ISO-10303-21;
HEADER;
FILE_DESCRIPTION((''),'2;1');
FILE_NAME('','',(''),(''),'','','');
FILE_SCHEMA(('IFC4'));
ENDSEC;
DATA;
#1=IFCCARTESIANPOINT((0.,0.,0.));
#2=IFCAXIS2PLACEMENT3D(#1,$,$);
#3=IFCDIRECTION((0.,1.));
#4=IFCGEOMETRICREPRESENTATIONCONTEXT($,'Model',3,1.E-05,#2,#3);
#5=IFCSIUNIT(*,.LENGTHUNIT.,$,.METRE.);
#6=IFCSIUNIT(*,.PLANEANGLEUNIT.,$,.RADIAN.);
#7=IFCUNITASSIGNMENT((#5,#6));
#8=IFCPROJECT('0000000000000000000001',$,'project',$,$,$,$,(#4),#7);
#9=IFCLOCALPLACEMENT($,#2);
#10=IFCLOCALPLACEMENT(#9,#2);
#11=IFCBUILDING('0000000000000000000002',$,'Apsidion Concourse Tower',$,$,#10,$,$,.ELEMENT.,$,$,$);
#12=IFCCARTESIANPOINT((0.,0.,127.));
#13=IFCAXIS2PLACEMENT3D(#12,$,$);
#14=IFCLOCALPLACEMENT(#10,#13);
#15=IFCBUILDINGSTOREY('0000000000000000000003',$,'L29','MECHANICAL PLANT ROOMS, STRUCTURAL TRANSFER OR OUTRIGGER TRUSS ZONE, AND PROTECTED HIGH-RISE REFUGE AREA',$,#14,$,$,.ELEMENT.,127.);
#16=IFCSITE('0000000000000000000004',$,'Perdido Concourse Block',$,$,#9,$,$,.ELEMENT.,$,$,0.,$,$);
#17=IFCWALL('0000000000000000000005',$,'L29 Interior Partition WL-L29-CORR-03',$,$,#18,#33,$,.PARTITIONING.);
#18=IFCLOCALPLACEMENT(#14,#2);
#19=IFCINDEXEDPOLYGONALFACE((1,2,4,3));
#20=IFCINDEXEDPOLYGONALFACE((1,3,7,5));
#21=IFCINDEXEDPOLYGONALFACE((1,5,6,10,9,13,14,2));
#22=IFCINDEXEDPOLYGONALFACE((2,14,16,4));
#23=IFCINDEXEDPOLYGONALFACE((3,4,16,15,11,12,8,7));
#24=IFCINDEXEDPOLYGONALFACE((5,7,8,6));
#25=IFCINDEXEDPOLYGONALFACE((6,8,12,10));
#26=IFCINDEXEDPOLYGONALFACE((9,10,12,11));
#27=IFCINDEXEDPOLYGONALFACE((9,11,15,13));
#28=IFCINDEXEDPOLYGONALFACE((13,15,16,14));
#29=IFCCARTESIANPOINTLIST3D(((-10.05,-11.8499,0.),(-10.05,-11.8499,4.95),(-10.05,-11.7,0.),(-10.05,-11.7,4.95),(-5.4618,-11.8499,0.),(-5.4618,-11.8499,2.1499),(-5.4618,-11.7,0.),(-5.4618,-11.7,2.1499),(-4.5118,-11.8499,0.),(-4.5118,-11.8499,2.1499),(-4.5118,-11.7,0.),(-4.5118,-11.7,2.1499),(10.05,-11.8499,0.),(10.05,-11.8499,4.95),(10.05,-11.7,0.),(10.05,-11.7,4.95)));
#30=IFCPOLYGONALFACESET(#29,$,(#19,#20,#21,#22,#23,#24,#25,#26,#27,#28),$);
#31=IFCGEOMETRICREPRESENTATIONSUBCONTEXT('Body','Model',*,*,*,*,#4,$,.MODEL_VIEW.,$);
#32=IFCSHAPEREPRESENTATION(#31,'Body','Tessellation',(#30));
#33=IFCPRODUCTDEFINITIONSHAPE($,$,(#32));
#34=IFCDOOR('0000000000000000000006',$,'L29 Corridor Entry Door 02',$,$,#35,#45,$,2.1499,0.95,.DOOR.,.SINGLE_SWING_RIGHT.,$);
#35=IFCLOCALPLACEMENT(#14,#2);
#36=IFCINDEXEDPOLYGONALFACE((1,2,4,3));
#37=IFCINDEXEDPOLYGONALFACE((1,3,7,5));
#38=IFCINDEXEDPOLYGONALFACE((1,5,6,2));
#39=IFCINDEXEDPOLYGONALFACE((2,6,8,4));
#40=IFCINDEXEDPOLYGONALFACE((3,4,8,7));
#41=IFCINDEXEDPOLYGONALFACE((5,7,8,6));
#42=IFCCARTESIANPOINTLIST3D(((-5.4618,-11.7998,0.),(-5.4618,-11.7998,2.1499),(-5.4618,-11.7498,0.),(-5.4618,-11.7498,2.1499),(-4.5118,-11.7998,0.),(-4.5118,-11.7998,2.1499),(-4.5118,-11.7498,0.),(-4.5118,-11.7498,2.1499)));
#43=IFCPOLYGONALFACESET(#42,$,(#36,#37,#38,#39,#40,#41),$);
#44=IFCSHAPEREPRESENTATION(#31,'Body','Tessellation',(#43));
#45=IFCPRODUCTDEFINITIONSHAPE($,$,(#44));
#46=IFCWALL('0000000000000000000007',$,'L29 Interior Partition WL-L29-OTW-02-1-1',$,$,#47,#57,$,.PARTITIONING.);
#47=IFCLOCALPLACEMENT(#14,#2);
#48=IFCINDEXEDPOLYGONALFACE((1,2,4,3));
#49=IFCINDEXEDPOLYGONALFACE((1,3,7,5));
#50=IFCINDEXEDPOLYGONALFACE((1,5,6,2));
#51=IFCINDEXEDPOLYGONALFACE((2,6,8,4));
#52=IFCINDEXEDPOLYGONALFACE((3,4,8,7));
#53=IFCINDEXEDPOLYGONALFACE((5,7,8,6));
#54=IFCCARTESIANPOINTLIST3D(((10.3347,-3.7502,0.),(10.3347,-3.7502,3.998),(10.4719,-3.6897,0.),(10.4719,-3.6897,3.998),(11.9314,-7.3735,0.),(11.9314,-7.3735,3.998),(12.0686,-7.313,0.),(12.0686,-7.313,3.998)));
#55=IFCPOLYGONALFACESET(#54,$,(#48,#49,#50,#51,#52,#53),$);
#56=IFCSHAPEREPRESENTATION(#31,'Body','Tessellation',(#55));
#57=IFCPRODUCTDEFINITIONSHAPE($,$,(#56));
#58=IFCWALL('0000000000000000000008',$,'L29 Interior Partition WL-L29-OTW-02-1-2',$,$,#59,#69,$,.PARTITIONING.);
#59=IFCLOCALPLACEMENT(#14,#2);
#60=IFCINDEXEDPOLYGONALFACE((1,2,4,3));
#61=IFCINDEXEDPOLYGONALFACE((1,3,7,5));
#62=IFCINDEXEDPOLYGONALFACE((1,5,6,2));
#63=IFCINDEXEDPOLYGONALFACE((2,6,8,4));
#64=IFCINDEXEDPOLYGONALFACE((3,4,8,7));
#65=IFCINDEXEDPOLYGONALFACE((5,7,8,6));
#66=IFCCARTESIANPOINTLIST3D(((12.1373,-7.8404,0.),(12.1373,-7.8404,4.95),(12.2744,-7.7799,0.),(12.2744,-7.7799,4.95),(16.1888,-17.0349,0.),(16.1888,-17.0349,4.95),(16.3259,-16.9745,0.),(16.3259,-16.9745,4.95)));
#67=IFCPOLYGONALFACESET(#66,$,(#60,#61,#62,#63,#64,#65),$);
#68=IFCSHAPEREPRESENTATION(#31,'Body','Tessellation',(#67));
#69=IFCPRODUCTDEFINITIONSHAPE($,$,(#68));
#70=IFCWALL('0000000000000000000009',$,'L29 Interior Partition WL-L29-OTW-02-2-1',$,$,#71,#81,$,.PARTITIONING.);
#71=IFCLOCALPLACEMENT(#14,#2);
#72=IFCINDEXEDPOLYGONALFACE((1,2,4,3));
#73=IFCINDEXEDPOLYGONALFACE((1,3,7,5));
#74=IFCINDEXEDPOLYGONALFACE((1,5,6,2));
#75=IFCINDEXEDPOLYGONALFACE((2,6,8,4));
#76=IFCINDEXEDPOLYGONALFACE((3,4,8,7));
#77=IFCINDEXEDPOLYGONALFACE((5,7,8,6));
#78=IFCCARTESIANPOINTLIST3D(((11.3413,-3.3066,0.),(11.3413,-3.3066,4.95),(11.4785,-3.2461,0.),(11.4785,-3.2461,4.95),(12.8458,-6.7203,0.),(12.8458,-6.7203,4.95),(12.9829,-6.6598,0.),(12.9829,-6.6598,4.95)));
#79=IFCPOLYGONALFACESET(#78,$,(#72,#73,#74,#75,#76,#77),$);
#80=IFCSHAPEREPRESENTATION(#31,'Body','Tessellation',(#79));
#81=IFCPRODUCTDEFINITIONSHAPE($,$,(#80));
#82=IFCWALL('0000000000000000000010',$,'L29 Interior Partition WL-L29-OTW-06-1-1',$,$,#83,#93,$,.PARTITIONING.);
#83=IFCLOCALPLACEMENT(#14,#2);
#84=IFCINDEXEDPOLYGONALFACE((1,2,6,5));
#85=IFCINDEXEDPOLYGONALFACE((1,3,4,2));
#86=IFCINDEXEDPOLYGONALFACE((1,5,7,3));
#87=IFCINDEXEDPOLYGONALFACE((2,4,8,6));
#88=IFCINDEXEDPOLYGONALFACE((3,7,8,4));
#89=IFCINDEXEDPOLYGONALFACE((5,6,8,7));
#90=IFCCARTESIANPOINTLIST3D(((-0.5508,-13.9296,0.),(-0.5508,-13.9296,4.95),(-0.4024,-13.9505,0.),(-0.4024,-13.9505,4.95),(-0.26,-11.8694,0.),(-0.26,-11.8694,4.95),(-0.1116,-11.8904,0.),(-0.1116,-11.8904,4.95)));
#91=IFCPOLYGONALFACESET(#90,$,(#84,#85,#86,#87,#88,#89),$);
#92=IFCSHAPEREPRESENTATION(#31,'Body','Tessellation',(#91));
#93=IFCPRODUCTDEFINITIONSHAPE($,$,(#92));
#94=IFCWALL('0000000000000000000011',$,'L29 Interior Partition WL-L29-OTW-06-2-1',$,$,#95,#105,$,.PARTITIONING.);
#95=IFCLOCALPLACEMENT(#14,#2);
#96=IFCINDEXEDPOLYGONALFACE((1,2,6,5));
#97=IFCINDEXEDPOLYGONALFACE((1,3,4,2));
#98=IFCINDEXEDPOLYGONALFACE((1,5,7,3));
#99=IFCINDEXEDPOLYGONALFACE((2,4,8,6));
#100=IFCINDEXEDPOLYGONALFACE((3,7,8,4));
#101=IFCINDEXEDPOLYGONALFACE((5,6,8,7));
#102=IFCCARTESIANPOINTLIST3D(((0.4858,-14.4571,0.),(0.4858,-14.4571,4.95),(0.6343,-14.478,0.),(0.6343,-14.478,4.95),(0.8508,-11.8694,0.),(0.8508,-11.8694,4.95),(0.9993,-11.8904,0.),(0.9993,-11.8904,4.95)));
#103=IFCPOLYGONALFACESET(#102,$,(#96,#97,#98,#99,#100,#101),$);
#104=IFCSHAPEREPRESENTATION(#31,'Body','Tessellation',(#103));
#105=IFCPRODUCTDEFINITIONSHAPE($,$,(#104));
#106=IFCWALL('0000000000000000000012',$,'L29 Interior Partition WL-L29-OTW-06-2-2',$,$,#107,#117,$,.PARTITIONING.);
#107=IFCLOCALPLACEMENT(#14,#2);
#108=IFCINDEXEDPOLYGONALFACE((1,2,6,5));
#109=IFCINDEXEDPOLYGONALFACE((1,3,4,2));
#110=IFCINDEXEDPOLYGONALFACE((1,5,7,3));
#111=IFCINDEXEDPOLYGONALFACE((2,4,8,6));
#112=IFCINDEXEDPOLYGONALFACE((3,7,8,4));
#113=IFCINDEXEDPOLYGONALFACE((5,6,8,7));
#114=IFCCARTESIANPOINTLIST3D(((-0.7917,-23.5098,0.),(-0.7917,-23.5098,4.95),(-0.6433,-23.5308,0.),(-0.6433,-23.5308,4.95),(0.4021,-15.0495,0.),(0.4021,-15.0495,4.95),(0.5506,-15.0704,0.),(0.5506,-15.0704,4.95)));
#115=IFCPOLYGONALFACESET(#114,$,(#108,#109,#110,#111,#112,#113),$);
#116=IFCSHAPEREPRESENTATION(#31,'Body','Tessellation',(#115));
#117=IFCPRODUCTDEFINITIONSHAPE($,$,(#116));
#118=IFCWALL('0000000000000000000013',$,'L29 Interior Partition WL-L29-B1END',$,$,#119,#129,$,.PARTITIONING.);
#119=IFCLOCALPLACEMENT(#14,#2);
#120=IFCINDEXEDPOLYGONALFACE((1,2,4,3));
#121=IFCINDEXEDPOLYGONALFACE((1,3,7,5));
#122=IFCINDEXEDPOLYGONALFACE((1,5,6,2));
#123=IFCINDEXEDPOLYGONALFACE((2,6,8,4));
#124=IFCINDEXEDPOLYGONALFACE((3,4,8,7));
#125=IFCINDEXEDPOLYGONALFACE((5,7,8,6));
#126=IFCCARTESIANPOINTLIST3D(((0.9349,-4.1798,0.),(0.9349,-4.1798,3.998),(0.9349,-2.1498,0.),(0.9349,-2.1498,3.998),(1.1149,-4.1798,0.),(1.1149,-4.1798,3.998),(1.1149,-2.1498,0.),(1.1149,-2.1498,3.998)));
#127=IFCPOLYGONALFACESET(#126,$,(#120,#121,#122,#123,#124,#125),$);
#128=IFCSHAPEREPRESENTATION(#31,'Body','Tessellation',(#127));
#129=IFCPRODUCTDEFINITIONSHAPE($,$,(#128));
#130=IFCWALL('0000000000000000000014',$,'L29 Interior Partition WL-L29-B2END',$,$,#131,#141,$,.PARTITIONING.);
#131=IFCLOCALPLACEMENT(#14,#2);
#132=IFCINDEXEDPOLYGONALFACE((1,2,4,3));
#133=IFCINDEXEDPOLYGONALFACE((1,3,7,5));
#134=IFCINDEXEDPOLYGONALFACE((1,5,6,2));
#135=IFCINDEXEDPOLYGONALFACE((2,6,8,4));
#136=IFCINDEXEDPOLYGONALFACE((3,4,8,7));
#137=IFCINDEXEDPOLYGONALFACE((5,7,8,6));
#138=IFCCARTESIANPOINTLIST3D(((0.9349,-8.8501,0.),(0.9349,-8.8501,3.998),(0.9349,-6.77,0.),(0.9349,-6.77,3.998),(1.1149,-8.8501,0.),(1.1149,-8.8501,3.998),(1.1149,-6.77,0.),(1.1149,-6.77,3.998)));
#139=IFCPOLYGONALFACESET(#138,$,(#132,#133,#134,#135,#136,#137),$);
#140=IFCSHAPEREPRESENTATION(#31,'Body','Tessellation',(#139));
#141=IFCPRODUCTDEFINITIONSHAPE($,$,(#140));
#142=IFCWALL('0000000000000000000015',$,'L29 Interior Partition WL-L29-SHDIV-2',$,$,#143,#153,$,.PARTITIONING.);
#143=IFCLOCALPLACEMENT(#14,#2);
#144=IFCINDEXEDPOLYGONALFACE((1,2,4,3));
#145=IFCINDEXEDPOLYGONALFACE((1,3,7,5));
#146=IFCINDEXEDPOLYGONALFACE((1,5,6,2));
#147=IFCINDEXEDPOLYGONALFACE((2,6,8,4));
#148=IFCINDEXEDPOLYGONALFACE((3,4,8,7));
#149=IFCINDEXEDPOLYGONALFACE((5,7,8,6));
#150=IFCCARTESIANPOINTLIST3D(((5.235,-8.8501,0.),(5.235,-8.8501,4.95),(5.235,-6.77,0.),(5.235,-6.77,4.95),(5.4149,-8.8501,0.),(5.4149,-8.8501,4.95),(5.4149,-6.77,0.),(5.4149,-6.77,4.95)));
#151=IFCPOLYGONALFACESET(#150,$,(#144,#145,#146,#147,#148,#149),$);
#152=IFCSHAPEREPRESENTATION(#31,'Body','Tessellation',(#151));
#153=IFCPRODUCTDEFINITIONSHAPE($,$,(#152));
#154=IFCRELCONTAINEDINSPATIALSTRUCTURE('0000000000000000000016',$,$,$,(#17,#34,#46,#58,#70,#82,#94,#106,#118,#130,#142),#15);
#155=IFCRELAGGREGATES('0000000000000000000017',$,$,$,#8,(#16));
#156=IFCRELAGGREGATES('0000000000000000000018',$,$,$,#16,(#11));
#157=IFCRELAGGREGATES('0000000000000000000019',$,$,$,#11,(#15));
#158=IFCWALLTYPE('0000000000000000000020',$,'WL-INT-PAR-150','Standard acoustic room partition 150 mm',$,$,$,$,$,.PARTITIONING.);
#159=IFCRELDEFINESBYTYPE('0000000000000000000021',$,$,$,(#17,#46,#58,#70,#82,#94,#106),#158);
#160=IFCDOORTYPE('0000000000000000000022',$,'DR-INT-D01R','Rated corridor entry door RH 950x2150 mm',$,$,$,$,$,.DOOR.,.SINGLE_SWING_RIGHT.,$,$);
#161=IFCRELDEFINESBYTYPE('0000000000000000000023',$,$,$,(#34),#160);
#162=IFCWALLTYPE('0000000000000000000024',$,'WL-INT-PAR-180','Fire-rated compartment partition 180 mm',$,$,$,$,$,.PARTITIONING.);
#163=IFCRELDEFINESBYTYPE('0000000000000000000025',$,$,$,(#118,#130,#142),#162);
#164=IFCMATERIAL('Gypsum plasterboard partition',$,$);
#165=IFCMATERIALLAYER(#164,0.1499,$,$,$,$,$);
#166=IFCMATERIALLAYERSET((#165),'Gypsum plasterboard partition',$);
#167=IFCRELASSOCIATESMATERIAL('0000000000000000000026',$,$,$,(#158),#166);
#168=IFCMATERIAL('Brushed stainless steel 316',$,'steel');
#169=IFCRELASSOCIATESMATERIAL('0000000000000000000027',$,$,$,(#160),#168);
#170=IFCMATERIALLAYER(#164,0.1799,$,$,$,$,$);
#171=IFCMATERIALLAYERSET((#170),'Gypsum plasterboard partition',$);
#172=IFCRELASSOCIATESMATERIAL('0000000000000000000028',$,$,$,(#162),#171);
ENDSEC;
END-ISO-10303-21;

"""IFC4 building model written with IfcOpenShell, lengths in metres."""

from ifc_helpers import new_model, si_unit, direction, frame, frame_2d, origin, place, context, subcontext, project, spatial, rectangle, extrude, material, layer, layer_set, type_object, element, fill, save


model = new_model("IFC4")

# Units and contexts
model_context = context("Model", 3, precision=1e-05, world=origin(), true_north=direction((0.0, 1.0)))
body_context = subcontext(model_context, "Body", "Model", "MODEL_VIEW")
ifc_project = project(units=[si_unit("LENGTHUNIT", "METRE"), si_unit("PLANEANGLEUNIT", "RADIAN")], contexts=[model_context])

# Site, building, storey
site_placement = place(None, origin())
site = spatial("IfcSite", under=ifc_project, at=site_placement, Name="Perdido Concourse Block", CompositionType="ELEMENT", RefElevation=0.0)
building_placement = place(site_placement, origin())
building = spatial("IfcBuilding", under=site, at=building_placement, Name="Apsidion Concourse Tower", CompositionType="ELEMENT")
storey_placement = place(building_placement, frame((0.0, 0.0, 127.0)))
storey = spatial("IfcBuildingStorey", under=building, at=storey_placement, Name="L29", Description="MECHANICAL PLANT ROOMS, STRUCTURAL TRANSFER OR OUTRIGGER TRUSS ZONE, AND PROTECTED HIGH-RISE REFUGE AREA", CompositionType="ELEMENT", Elevation=127.0)

# Shared definitions
ifc_material_1 = material(Name="Gypsum plasterboard partition")
ifc_layer_1 = layer(ifc_material_1, 0.1499)
ifc_layer_set_1 = layer_set([ifc_layer_1], Name="Gypsum plasterboard partition")
wall_type_1 = type_object("IfcWallType", Name="WL-INT-PAR-150", Description="Standard acoustic room partition 150 mm", PredefinedType="PARTITIONING", material=ifc_layer_set_1)

# Wall, opening, door
wall_1_placement = place(storey_placement, frame((10.05, -11.7749, 0.0), z_axis=(0.0, 0.0, 1.0), x_axis=(-1.0, 0.0, 0.0)))
wall_1 = element("IfcWall", 1, at=wall_1_placement, inside=storey, type_object=wall_type_1, Name="L29 Interior Partition WL-L29-CORR-03", PredefinedType="PARTITIONING", context=body_context, shape_type="SweptSolid", body=[
    extrude(rectangle(XDim=20.1001, YDim=0.1499, at=frame_2d((10.05, 0.0))), origin(), (0.0, 0.0, 1.0), 4.95),
])
opening_1_placement = place(wall_1_placement, frame((14.5618, 0.0, 0.0)))
opening_1 = element("IfcOpeningElement", 2, at=opening_1_placement, cuts=wall_1, PredefinedType="OPENING", context=body_context, shape_type="SweptSolid", body=[
    extrude(rectangle(XDim=0.95, YDim=2.1499, at=frame_2d((0.4751, 1.075))), frame((0.0, 0.085, 0.0), z_axis=(0.0, -1.0, 0.0), x_axis=(1.0, 0.0, 0.0)), (0.0, 0.0, 1.0), 0.1699),
])
ifc_material_2 = material(Name="Brushed stainless steel 316", Category="steel")
door_type_1 = type_object("IfcDoorType", Name="DR-INT-D01R", Description="Rated corridor entry door RH 950x2150 mm", OperationType="SINGLE_SWING_RIGHT", PredefinedType="DOOR", material=ifc_material_2)
door_1_placement = place(opening_1_placement, origin())
door_1 = element("IfcDoor", 3, at=door_1_placement, inside=storey, type_object=door_type_1, Name="L29 Corridor Entry Door 02", OperationType="SINGLE_SWING_RIGHT", OverallHeight=2.1499, OverallWidth=0.95, PredefinedType="DOOR", context=body_context, shape_type="SweptSolid", body=[
    extrude(rectangle(XDim=0.95, YDim=2.1499, at=frame_2d((0.4751, 1.075))), frame((0.0, 0.0249, 0.0), z_axis=(0.0, -1.0, 0.0), x_axis=(1.0, 0.0, 0.0)), (0.0, 0.0, 1.0), 0.05),
])
fill(opening_1, door_1)

# Walls
wall_2_placement = place(storey_placement, frame((10.4033, -3.72, 0.0), z_axis=(0.0, 0.0, 1.0), x_axis=(0.403253, -0.915088, 0.0)))
element("IfcWall", 4, at=wall_2_placement, inside=storey, type_object=wall_type_1, Name="L29 Interior Partition WL-L29-OTW-02-1-1", PredefinedType="PARTITIONING", context=body_context, shape_type="SweptSolid", body=[
    extrude(rectangle(XDim=3.9595, YDim=0.1499, at=frame_2d((1.9797, 0.0))), origin(), (0.0, 0.0, 1.0), 3.998),
])
wall_3_placement = place(storey_placement, frame((12.2058, -7.8101, 0.0), z_axis=(0.0, 0.0, 1.0), x_axis=(0.40323, -0.915098, 0.0)))
element("IfcWall", 5, at=wall_3_placement, inside=storey, type_object=wall_type_1, Name="L29 Interior Partition WL-L29-OTW-02-1-2", PredefinedType="PARTITIONING", context=body_context, shape_type="SweptSolid", body=[
    extrude(rectangle(XDim=10.0476, YDim=0.1499, at=frame_2d((5.0239, 0.0))), origin(), (0.0, 0.0, 1.0), 4.95),
])
wall_4_placement = place(storey_placement, frame((11.4099, -3.2764, 0.0), z_axis=(0.0, 0.0, 1.0), x_axis=(0.403282, -0.915076, 0.0)))
element("IfcWall", 6, at=wall_4_placement, inside=storey, type_object=wall_type_1, Name="L29 Interior Partition WL-L29-OTW-02-2-1", PredefinedType="PARTITIONING", context=body_context, shape_type="SweptSolid", body=[
    extrude(rectangle(XDim=3.7305, YDim=0.1499, at=frame_2d((1.8652, 0.0))), origin(), (0.0, 0.0, 1.0), 4.95),
])
wall_5_placement = place(storey_placement, frame((-0.1858, -11.8799, 0.0), z_axis=(0.0, 0.0, 1.0), x_axis=(-0.139762, -0.990185, 0.0)))
element("IfcWall", 7, at=wall_5_placement, inside=storey, type_object=wall_type_1, Name="L29 Interior Partition WL-L29-OTW-06-1-1", PredefinedType="PARTITIONING", context=body_context, shape_type="SweptSolid", body=[
    extrude(rectangle(XDim=2.0806, YDim=0.1499, at=frame_2d((1.0403, 0.0))), origin(), (0.0, 0.0, 1.0), 4.95),
])
wall_6_placement = place(storey_placement, frame((0.925, -11.8799, 0.0), z_axis=(0.0, 0.0, 1.0), x_axis=(-0.139669, -0.990198, 0.0)))
element("IfcWall", 8, at=wall_6_placement, inside=storey, type_object=wall_type_1, Name="L29 Interior Partition WL-L29-OTW-06-2-1", PredefinedType="PARTITIONING", context=body_context, shape_type="SweptSolid", body=[
    extrude(rectangle(XDim=2.6133, YDim=0.1499, at=frame_2d((1.3066, 0.0))), origin(), (0.0, 0.0, 1.0), 4.95),
])
wall_7_placement = place(storey_placement, frame((0.4763, -15.0601, 0.0), z_axis=(0.0, 0.0, 1.0), x_axis=(-0.139725, -0.99019, 0.0)))
element("IfcWall", 9, at=wall_7_placement, inside=storey, type_object=wall_type_1, Name="L29 Interior Partition WL-L29-OTW-06-2-2", PredefinedType="PARTITIONING", context=body_context, shape_type="SweptSolid", body=[
    extrude(rectangle(XDim=8.5442, YDim=0.1499, at=frame_2d((4.272, 0.0))), origin(), (0.0, 0.0, 1.0), 4.95),
])
ifc_layer_2 = layer(ifc_material_1, 0.1799)
ifc_layer_set_2 = layer_set([ifc_layer_2], Name="Gypsum plasterboard partition")
wall_type_2 = type_object("IfcWallType", Name="WL-INT-PAR-180", Description="Fire-rated compartment partition 180 mm", PredefinedType="PARTITIONING", material=ifc_layer_set_2)
wall_8_placement = place(storey_placement, frame((1.0249, -4.1799, 0.0), z_axis=(0.0, 0.0, 1.0), x_axis=(0.0, 1.0, 0.0)))
element("IfcWall", 10, at=wall_8_placement, inside=storey, type_object=wall_type_2, Name="L29 Interior Partition WL-L29-B1END", PredefinedType="PARTITIONING", context=body_context, shape_type="SweptSolid", body=[
    extrude(rectangle(XDim=2.03, YDim=0.1799, at=frame_2d((1.0151, 0.0))), origin(), (0.0, 0.0, 1.0), 3.998),
])
wall_9_placement = place(storey_placement, frame((1.0249, -8.8501, 0.0), z_axis=(0.0, 0.0, 1.0), x_axis=(0.0, 1.0, 0.0)))
element("IfcWall", 11, at=wall_9_placement, inside=storey, type_object=wall_type_2, Name="L29 Interior Partition WL-L29-B2END", PredefinedType="PARTITIONING", context=body_context, shape_type="SweptSolid", body=[
    extrude(rectangle(XDim=2.0801, YDim=0.1799, at=frame_2d((1.04, 0.0))), origin(), (0.0, 0.0, 1.0), 3.998),
])
wall_10_placement = place(storey_placement, frame((5.325, -8.8501, 0.0), z_axis=(0.0, 0.0, 1.0), x_axis=(0.0, 1.0, 0.0)))
element("IfcWall", 12, at=wall_10_placement, inside=storey, type_object=wall_type_2, Name="L29 Interior Partition WL-L29-SHDIV-2", PredefinedType="PARTITIONING", context=body_context, shape_type="SweptSolid", body=[
    extrude(rectangle(XDim=2.0801, YDim=0.1799, at=frame_2d((1.04, 0.0))), origin(), (0.0, 0.0, 1.0), 4.95),
])

save(model, "model.ifc")
